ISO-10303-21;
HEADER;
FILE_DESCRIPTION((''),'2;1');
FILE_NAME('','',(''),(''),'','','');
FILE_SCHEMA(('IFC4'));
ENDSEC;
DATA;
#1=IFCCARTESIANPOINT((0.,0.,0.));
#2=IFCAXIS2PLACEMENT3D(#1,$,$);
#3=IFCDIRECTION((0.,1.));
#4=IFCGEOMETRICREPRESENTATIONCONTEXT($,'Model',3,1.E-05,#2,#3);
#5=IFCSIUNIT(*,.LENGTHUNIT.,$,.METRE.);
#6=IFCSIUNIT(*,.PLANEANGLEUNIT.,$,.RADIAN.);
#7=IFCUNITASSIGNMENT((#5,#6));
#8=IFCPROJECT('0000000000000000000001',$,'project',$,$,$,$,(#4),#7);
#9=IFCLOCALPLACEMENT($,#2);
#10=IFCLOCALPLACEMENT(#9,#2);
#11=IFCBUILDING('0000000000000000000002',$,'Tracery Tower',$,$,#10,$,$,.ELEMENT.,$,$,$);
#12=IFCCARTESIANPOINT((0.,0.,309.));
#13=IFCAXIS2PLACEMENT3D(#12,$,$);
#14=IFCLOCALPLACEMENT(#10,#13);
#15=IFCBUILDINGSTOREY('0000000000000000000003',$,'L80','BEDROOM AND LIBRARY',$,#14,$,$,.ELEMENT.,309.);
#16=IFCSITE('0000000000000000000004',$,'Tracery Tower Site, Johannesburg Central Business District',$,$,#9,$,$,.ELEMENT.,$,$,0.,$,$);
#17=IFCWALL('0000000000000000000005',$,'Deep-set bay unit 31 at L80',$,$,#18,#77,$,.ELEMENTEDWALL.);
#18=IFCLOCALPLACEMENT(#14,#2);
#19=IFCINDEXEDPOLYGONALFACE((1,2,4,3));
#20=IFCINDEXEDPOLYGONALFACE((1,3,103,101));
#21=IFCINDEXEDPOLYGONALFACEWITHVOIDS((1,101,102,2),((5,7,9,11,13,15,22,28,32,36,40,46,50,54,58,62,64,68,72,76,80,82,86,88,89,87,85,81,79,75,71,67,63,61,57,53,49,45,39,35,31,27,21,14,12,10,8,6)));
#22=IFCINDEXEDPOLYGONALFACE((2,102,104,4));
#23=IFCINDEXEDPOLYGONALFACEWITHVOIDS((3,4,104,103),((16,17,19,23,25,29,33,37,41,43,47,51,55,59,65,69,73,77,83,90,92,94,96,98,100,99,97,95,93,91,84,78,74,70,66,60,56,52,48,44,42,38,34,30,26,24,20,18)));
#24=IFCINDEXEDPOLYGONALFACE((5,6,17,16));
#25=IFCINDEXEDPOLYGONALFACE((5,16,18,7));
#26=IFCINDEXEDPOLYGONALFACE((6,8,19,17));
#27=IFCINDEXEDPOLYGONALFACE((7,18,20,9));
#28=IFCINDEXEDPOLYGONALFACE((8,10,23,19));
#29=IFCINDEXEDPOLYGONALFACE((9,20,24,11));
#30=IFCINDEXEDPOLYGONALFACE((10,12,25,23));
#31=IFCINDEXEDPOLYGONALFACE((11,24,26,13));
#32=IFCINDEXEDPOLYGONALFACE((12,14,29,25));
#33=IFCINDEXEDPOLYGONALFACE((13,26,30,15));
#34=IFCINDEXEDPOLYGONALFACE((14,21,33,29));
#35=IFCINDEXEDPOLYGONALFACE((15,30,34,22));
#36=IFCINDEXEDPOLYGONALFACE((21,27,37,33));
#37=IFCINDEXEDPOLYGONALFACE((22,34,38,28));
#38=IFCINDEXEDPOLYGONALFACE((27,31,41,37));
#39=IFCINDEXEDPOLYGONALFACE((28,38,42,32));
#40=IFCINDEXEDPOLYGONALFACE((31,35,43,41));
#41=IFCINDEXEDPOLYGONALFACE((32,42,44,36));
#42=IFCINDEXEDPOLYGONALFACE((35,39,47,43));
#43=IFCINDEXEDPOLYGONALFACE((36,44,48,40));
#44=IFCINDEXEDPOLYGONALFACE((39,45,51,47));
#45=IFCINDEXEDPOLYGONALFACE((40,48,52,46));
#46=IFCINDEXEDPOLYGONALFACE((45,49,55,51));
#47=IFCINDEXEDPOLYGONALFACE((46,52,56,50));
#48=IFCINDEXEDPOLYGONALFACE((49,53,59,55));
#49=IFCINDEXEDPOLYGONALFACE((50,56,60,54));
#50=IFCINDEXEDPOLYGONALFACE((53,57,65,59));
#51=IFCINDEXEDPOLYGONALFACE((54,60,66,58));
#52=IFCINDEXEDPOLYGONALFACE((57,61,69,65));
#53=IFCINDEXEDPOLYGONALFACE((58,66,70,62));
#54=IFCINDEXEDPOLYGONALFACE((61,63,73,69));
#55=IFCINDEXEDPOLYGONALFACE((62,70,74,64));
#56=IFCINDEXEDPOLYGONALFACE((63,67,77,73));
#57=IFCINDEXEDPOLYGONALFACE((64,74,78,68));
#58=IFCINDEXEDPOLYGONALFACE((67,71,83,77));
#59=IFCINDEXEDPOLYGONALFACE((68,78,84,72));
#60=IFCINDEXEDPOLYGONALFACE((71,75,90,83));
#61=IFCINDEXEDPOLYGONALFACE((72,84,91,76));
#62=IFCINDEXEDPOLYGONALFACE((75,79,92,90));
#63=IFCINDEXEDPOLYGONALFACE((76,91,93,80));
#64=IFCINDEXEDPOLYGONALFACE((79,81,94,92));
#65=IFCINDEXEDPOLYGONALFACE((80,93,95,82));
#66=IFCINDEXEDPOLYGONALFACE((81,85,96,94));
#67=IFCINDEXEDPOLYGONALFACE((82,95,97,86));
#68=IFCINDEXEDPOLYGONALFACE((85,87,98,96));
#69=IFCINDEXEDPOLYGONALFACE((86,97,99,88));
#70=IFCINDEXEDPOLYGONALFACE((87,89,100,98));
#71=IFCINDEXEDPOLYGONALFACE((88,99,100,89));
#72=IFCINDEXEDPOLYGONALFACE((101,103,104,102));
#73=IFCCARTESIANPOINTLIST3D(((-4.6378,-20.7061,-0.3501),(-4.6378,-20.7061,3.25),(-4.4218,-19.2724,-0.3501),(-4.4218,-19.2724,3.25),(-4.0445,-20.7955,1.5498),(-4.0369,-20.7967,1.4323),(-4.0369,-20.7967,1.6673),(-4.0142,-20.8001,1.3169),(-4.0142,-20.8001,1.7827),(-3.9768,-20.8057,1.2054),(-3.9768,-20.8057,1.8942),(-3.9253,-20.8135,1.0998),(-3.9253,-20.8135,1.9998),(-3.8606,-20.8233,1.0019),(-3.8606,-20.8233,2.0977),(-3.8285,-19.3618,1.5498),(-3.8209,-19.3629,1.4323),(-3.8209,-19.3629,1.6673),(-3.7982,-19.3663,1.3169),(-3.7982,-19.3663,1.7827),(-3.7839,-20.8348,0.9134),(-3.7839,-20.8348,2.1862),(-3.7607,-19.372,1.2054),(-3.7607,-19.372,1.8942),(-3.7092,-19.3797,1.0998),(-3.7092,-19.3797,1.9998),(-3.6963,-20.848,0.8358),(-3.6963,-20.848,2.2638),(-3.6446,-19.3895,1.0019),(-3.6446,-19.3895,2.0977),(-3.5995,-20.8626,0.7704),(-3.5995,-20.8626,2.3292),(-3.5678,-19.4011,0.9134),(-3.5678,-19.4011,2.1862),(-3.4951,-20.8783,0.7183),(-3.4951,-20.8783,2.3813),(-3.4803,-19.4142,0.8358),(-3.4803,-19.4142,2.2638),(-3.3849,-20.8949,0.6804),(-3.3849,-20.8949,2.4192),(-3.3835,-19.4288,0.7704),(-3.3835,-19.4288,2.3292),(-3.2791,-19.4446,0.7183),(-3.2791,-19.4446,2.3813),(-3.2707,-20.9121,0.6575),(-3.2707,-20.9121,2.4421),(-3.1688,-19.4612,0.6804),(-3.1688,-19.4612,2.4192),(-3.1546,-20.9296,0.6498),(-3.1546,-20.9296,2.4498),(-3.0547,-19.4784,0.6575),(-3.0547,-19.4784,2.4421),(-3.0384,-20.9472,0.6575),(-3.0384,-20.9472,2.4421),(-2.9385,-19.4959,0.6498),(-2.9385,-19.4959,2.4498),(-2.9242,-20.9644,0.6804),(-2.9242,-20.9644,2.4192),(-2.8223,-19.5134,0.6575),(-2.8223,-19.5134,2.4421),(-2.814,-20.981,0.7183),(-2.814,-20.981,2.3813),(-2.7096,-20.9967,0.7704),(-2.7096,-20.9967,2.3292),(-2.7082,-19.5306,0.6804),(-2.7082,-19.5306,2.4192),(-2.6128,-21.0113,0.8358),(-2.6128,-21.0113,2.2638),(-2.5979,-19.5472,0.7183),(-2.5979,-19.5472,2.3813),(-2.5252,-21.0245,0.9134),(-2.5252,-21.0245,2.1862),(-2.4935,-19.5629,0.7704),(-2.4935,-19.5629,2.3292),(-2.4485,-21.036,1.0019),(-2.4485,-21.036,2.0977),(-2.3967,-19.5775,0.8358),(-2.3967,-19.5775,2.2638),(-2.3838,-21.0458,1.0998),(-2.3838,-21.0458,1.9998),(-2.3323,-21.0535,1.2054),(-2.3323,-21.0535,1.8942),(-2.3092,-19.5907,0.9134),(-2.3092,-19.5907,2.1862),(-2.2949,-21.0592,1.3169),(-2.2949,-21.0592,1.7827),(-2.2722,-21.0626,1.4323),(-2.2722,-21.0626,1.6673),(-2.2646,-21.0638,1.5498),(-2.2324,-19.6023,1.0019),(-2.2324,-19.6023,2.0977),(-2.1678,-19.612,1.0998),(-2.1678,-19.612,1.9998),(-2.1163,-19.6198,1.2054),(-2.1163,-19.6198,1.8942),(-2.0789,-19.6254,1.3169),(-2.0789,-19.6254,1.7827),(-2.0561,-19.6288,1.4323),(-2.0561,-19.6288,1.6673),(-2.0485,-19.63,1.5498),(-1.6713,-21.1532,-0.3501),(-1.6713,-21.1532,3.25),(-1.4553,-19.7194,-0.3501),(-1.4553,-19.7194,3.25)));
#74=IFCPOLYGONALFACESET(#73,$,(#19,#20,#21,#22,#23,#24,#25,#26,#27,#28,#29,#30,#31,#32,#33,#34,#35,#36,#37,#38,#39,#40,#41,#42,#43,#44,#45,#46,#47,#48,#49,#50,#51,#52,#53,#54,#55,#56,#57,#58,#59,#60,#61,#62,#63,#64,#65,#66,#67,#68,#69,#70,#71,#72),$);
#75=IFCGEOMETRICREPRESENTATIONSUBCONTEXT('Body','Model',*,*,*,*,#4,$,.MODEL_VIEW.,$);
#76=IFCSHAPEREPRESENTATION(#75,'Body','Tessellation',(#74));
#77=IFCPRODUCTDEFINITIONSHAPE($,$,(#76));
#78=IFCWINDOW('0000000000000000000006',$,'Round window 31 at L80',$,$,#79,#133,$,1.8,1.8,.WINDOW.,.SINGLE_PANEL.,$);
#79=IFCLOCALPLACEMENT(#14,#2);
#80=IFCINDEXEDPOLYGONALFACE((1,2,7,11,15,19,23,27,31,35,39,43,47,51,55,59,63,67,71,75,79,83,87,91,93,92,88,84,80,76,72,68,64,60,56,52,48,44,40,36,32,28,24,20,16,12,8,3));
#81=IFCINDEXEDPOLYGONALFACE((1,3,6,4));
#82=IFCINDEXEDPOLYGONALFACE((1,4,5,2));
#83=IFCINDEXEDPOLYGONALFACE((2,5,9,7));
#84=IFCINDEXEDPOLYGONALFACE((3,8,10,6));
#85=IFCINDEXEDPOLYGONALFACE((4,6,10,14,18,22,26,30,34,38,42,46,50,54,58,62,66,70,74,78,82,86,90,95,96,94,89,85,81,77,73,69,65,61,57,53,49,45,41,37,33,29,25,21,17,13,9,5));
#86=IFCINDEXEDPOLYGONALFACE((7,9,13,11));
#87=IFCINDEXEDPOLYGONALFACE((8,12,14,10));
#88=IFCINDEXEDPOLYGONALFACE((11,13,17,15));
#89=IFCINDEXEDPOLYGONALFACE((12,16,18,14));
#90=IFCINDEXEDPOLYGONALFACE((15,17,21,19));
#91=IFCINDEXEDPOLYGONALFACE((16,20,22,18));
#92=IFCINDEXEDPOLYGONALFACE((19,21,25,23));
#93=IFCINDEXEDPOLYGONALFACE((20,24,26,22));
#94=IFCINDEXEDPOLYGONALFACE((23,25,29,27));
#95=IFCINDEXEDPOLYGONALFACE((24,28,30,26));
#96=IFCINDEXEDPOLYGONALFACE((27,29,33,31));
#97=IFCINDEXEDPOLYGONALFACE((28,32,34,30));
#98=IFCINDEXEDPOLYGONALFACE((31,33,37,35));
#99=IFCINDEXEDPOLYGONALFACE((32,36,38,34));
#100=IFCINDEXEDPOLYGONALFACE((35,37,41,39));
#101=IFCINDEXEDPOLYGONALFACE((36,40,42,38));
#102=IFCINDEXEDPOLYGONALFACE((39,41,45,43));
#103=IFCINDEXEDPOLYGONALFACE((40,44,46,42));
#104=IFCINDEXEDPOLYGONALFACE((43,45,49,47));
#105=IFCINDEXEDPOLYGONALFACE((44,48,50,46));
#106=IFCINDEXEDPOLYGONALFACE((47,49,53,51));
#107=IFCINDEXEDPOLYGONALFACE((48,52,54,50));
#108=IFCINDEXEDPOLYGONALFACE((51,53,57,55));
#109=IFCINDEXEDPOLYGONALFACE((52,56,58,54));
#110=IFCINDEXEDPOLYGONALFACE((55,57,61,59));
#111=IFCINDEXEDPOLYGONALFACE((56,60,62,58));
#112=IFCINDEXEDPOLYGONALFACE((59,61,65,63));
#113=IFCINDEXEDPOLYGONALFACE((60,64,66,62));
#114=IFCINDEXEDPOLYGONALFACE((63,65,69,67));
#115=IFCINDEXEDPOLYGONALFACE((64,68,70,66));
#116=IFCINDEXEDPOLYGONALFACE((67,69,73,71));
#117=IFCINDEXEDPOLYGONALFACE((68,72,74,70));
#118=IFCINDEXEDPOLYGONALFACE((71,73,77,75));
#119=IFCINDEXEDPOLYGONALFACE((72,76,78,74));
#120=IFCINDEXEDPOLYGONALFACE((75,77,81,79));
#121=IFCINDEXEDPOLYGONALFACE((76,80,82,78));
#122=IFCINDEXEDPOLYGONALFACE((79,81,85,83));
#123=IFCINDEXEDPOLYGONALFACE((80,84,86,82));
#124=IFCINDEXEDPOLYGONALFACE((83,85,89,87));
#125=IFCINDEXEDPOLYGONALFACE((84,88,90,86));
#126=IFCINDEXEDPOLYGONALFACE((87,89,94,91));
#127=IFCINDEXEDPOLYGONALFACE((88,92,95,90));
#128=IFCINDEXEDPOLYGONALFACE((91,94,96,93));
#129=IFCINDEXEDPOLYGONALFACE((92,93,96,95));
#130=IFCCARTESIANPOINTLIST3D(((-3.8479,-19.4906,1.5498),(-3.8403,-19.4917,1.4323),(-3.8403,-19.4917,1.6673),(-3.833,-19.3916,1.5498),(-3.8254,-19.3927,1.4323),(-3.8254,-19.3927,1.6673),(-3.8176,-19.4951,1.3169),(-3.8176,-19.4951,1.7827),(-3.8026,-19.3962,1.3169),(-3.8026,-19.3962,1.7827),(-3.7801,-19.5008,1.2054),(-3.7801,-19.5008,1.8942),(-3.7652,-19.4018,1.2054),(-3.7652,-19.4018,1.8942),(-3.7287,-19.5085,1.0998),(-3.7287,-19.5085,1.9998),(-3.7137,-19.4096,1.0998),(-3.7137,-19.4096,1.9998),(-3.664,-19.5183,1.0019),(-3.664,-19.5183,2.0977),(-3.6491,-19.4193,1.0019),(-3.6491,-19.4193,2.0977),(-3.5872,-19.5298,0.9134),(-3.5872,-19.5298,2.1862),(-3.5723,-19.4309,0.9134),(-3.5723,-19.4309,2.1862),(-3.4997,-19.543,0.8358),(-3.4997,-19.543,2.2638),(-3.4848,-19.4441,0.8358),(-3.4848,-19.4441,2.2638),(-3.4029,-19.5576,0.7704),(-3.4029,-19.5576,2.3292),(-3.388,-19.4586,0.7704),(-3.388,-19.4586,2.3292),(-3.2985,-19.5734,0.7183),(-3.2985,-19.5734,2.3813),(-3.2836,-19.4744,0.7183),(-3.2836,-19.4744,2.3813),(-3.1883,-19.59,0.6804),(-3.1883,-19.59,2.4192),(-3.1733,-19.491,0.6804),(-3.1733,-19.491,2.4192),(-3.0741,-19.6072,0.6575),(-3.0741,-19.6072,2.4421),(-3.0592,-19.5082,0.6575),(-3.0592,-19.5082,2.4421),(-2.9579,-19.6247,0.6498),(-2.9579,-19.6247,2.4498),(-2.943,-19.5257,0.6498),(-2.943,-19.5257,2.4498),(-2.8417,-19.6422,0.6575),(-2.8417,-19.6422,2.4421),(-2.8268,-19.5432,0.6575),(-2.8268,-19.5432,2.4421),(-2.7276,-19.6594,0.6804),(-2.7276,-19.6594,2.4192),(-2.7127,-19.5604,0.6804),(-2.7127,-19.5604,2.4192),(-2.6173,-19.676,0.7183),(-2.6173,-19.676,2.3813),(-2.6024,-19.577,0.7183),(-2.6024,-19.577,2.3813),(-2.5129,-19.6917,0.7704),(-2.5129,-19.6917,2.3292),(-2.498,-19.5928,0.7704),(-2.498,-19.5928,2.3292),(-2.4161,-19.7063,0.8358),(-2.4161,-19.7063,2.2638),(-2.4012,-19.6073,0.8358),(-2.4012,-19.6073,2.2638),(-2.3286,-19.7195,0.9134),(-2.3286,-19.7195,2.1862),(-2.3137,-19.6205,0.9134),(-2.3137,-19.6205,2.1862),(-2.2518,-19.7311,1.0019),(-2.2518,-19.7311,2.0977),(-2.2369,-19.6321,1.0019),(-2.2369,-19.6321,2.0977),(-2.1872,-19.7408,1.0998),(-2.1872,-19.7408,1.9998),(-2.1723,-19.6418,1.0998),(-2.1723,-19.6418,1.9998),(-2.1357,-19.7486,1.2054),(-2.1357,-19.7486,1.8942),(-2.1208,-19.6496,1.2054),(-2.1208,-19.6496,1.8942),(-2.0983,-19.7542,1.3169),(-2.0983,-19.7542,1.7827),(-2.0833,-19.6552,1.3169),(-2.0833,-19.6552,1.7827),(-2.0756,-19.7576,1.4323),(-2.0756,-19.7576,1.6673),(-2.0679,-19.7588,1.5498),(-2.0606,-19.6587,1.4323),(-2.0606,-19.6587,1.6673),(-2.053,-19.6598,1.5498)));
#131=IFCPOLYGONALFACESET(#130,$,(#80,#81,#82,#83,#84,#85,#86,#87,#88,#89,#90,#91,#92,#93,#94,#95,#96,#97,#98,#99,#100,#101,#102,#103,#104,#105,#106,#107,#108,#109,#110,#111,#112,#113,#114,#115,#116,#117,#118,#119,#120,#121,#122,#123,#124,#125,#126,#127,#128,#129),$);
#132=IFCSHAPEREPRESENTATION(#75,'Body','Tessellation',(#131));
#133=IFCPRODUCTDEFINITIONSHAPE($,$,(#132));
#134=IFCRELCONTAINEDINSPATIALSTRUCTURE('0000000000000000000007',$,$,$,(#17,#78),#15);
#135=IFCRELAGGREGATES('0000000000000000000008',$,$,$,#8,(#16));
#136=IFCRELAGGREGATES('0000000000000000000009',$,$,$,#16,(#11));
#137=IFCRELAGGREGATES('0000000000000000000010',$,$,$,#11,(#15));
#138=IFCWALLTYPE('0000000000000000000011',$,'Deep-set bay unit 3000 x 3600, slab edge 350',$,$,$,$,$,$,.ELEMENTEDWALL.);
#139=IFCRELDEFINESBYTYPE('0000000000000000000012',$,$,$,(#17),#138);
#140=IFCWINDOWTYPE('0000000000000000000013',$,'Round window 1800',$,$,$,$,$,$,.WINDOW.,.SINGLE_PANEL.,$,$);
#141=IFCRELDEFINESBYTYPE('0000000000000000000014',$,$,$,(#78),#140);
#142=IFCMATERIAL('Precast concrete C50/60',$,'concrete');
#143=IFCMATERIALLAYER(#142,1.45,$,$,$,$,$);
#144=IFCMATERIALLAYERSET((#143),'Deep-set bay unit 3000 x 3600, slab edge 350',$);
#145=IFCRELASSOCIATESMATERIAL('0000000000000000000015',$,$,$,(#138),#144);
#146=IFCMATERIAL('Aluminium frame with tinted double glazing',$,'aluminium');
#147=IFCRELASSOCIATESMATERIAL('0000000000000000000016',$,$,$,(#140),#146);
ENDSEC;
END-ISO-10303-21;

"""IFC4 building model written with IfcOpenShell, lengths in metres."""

from ifc_helpers import new_model, si_unit, direction, frame, frame_2d, origin, origin_2d, place, context, subcontext, project, spatial, rectangle, circle, extrude, material, layer, layer_set, type_object, element, fill, save


model = new_model("IFC4")

# Units and contexts
model_context = context("Model", 3, precision=1e-05, world=origin(), true_north=direction((0.0, 1.0)))
body_context = subcontext(model_context, "Body", "Model", "MODEL_VIEW")
ifc_project = project(units=[si_unit("LENGTHUNIT", "METRE"), si_unit("PLANEANGLEUNIT", "RADIAN")], contexts=[model_context])

# Site, building, storey
site_placement = place(None, origin())
site = spatial("IfcSite", under=ifc_project, at=site_placement, Name="Tracery Tower Site, Johannesburg Central Business District", CompositionType="ELEMENT", RefElevation=0.0)
building_placement = place(site_placement, origin())
building = spatial("IfcBuilding", under=site, at=building_placement, Name="Tracery Tower", CompositionType="ELEMENT")
storey_placement = place(building_placement, frame((0.0, 0.0, 309.0)))
storey = spatial("IfcBuildingStorey", under=building, at=storey_placement, Name="L80", Description="BEDROOM AND LIBRARY", CompositionType="ELEMENT", Elevation=309.0)

# Wall, opening, window
ifc_material_1 = material(Name="Precast concrete C50/60", Category="concrete")
ifc_layer_1 = layer(ifc_material_1, 1.45)
ifc_layer_set_1 = layer_set([ifc_layer_1], Name="Deep-set bay unit 3000 x 3600, slab edge 350")
wall_type_1 = type_object("IfcWallType", Name="Deep-set bay unit 3000 x 3600, slab edge 350", PredefinedType="ELEMENTEDWALL", material=ifc_layer_set_1)
wall_1_placement = place(storey_placement, frame((-4.5298, -19.9893, -0.3501), z_axis=(0.0, 0.0, 1.0), x_axis=(0.988836, -0.149005, 0.0)))
wall_1 = element("IfcWall", 1, at=wall_1_placement, inside=storey, type_object=wall_type_1, Name="Deep-set bay unit 31 at L80", PredefinedType="ELEMENTEDWALL", context=body_context, shape_type="SweptSolid", body=[
    extrude(rectangle(XDim=3.0, YDim=1.45, at=frame_2d((1.5, 0.0))), origin(), (0.0, 0.0, 1.0), 3.6001),
])
opening_1_placement = place(wall_1_placement, frame((1.5, 0.0, 1.8999)))
opening_1 = element("IfcOpeningElement", 2, at=opening_1_placement, cuts=wall_1, PredefinedType="OPENING", context=body_context, shape_type="SweptSolid", body=[
    extrude(circle(Radius=0.9, at=origin_2d()), frame((0.0, 0.7349, 0.0), z_axis=(0.0, -1.0, 0.0), x_axis=(1.0, 0.0, 0.0)), (0.0, 0.0, 1.0), 1.47),
])
ifc_material_2 = material(Name="Aluminium frame with tinted double glazing", Category="aluminium")
window_type = type_object("IfcWindowType", Name="Round window 1800", PartitioningType="SINGLE_PANEL", PredefinedType="WINDOW", material=ifc_material_2)
window_1_placement = place(opening_1_placement, origin())
window_1 = element("IfcWindow", 3, at=window_1_placement, inside=storey, type_object=window_type, Name="Round window 31 at L80", OverallHeight=1.8, OverallWidth=1.8, PartitioningType="SINGLE_PANEL", PredefinedType="WINDOW", context=body_context, shape_type="SweptSolid", body=[
    extrude(circle(Radius=0.9, at=origin_2d()), frame((0.0, 0.6948, 0.0), z_axis=(0.0, -1.0, 0.0), x_axis=(1.0, 0.0, 0.0)), (0.0, 0.0, 1.0), 0.1001),
])
fill(opening_1, window_1)

save(model, "model.ifc")
